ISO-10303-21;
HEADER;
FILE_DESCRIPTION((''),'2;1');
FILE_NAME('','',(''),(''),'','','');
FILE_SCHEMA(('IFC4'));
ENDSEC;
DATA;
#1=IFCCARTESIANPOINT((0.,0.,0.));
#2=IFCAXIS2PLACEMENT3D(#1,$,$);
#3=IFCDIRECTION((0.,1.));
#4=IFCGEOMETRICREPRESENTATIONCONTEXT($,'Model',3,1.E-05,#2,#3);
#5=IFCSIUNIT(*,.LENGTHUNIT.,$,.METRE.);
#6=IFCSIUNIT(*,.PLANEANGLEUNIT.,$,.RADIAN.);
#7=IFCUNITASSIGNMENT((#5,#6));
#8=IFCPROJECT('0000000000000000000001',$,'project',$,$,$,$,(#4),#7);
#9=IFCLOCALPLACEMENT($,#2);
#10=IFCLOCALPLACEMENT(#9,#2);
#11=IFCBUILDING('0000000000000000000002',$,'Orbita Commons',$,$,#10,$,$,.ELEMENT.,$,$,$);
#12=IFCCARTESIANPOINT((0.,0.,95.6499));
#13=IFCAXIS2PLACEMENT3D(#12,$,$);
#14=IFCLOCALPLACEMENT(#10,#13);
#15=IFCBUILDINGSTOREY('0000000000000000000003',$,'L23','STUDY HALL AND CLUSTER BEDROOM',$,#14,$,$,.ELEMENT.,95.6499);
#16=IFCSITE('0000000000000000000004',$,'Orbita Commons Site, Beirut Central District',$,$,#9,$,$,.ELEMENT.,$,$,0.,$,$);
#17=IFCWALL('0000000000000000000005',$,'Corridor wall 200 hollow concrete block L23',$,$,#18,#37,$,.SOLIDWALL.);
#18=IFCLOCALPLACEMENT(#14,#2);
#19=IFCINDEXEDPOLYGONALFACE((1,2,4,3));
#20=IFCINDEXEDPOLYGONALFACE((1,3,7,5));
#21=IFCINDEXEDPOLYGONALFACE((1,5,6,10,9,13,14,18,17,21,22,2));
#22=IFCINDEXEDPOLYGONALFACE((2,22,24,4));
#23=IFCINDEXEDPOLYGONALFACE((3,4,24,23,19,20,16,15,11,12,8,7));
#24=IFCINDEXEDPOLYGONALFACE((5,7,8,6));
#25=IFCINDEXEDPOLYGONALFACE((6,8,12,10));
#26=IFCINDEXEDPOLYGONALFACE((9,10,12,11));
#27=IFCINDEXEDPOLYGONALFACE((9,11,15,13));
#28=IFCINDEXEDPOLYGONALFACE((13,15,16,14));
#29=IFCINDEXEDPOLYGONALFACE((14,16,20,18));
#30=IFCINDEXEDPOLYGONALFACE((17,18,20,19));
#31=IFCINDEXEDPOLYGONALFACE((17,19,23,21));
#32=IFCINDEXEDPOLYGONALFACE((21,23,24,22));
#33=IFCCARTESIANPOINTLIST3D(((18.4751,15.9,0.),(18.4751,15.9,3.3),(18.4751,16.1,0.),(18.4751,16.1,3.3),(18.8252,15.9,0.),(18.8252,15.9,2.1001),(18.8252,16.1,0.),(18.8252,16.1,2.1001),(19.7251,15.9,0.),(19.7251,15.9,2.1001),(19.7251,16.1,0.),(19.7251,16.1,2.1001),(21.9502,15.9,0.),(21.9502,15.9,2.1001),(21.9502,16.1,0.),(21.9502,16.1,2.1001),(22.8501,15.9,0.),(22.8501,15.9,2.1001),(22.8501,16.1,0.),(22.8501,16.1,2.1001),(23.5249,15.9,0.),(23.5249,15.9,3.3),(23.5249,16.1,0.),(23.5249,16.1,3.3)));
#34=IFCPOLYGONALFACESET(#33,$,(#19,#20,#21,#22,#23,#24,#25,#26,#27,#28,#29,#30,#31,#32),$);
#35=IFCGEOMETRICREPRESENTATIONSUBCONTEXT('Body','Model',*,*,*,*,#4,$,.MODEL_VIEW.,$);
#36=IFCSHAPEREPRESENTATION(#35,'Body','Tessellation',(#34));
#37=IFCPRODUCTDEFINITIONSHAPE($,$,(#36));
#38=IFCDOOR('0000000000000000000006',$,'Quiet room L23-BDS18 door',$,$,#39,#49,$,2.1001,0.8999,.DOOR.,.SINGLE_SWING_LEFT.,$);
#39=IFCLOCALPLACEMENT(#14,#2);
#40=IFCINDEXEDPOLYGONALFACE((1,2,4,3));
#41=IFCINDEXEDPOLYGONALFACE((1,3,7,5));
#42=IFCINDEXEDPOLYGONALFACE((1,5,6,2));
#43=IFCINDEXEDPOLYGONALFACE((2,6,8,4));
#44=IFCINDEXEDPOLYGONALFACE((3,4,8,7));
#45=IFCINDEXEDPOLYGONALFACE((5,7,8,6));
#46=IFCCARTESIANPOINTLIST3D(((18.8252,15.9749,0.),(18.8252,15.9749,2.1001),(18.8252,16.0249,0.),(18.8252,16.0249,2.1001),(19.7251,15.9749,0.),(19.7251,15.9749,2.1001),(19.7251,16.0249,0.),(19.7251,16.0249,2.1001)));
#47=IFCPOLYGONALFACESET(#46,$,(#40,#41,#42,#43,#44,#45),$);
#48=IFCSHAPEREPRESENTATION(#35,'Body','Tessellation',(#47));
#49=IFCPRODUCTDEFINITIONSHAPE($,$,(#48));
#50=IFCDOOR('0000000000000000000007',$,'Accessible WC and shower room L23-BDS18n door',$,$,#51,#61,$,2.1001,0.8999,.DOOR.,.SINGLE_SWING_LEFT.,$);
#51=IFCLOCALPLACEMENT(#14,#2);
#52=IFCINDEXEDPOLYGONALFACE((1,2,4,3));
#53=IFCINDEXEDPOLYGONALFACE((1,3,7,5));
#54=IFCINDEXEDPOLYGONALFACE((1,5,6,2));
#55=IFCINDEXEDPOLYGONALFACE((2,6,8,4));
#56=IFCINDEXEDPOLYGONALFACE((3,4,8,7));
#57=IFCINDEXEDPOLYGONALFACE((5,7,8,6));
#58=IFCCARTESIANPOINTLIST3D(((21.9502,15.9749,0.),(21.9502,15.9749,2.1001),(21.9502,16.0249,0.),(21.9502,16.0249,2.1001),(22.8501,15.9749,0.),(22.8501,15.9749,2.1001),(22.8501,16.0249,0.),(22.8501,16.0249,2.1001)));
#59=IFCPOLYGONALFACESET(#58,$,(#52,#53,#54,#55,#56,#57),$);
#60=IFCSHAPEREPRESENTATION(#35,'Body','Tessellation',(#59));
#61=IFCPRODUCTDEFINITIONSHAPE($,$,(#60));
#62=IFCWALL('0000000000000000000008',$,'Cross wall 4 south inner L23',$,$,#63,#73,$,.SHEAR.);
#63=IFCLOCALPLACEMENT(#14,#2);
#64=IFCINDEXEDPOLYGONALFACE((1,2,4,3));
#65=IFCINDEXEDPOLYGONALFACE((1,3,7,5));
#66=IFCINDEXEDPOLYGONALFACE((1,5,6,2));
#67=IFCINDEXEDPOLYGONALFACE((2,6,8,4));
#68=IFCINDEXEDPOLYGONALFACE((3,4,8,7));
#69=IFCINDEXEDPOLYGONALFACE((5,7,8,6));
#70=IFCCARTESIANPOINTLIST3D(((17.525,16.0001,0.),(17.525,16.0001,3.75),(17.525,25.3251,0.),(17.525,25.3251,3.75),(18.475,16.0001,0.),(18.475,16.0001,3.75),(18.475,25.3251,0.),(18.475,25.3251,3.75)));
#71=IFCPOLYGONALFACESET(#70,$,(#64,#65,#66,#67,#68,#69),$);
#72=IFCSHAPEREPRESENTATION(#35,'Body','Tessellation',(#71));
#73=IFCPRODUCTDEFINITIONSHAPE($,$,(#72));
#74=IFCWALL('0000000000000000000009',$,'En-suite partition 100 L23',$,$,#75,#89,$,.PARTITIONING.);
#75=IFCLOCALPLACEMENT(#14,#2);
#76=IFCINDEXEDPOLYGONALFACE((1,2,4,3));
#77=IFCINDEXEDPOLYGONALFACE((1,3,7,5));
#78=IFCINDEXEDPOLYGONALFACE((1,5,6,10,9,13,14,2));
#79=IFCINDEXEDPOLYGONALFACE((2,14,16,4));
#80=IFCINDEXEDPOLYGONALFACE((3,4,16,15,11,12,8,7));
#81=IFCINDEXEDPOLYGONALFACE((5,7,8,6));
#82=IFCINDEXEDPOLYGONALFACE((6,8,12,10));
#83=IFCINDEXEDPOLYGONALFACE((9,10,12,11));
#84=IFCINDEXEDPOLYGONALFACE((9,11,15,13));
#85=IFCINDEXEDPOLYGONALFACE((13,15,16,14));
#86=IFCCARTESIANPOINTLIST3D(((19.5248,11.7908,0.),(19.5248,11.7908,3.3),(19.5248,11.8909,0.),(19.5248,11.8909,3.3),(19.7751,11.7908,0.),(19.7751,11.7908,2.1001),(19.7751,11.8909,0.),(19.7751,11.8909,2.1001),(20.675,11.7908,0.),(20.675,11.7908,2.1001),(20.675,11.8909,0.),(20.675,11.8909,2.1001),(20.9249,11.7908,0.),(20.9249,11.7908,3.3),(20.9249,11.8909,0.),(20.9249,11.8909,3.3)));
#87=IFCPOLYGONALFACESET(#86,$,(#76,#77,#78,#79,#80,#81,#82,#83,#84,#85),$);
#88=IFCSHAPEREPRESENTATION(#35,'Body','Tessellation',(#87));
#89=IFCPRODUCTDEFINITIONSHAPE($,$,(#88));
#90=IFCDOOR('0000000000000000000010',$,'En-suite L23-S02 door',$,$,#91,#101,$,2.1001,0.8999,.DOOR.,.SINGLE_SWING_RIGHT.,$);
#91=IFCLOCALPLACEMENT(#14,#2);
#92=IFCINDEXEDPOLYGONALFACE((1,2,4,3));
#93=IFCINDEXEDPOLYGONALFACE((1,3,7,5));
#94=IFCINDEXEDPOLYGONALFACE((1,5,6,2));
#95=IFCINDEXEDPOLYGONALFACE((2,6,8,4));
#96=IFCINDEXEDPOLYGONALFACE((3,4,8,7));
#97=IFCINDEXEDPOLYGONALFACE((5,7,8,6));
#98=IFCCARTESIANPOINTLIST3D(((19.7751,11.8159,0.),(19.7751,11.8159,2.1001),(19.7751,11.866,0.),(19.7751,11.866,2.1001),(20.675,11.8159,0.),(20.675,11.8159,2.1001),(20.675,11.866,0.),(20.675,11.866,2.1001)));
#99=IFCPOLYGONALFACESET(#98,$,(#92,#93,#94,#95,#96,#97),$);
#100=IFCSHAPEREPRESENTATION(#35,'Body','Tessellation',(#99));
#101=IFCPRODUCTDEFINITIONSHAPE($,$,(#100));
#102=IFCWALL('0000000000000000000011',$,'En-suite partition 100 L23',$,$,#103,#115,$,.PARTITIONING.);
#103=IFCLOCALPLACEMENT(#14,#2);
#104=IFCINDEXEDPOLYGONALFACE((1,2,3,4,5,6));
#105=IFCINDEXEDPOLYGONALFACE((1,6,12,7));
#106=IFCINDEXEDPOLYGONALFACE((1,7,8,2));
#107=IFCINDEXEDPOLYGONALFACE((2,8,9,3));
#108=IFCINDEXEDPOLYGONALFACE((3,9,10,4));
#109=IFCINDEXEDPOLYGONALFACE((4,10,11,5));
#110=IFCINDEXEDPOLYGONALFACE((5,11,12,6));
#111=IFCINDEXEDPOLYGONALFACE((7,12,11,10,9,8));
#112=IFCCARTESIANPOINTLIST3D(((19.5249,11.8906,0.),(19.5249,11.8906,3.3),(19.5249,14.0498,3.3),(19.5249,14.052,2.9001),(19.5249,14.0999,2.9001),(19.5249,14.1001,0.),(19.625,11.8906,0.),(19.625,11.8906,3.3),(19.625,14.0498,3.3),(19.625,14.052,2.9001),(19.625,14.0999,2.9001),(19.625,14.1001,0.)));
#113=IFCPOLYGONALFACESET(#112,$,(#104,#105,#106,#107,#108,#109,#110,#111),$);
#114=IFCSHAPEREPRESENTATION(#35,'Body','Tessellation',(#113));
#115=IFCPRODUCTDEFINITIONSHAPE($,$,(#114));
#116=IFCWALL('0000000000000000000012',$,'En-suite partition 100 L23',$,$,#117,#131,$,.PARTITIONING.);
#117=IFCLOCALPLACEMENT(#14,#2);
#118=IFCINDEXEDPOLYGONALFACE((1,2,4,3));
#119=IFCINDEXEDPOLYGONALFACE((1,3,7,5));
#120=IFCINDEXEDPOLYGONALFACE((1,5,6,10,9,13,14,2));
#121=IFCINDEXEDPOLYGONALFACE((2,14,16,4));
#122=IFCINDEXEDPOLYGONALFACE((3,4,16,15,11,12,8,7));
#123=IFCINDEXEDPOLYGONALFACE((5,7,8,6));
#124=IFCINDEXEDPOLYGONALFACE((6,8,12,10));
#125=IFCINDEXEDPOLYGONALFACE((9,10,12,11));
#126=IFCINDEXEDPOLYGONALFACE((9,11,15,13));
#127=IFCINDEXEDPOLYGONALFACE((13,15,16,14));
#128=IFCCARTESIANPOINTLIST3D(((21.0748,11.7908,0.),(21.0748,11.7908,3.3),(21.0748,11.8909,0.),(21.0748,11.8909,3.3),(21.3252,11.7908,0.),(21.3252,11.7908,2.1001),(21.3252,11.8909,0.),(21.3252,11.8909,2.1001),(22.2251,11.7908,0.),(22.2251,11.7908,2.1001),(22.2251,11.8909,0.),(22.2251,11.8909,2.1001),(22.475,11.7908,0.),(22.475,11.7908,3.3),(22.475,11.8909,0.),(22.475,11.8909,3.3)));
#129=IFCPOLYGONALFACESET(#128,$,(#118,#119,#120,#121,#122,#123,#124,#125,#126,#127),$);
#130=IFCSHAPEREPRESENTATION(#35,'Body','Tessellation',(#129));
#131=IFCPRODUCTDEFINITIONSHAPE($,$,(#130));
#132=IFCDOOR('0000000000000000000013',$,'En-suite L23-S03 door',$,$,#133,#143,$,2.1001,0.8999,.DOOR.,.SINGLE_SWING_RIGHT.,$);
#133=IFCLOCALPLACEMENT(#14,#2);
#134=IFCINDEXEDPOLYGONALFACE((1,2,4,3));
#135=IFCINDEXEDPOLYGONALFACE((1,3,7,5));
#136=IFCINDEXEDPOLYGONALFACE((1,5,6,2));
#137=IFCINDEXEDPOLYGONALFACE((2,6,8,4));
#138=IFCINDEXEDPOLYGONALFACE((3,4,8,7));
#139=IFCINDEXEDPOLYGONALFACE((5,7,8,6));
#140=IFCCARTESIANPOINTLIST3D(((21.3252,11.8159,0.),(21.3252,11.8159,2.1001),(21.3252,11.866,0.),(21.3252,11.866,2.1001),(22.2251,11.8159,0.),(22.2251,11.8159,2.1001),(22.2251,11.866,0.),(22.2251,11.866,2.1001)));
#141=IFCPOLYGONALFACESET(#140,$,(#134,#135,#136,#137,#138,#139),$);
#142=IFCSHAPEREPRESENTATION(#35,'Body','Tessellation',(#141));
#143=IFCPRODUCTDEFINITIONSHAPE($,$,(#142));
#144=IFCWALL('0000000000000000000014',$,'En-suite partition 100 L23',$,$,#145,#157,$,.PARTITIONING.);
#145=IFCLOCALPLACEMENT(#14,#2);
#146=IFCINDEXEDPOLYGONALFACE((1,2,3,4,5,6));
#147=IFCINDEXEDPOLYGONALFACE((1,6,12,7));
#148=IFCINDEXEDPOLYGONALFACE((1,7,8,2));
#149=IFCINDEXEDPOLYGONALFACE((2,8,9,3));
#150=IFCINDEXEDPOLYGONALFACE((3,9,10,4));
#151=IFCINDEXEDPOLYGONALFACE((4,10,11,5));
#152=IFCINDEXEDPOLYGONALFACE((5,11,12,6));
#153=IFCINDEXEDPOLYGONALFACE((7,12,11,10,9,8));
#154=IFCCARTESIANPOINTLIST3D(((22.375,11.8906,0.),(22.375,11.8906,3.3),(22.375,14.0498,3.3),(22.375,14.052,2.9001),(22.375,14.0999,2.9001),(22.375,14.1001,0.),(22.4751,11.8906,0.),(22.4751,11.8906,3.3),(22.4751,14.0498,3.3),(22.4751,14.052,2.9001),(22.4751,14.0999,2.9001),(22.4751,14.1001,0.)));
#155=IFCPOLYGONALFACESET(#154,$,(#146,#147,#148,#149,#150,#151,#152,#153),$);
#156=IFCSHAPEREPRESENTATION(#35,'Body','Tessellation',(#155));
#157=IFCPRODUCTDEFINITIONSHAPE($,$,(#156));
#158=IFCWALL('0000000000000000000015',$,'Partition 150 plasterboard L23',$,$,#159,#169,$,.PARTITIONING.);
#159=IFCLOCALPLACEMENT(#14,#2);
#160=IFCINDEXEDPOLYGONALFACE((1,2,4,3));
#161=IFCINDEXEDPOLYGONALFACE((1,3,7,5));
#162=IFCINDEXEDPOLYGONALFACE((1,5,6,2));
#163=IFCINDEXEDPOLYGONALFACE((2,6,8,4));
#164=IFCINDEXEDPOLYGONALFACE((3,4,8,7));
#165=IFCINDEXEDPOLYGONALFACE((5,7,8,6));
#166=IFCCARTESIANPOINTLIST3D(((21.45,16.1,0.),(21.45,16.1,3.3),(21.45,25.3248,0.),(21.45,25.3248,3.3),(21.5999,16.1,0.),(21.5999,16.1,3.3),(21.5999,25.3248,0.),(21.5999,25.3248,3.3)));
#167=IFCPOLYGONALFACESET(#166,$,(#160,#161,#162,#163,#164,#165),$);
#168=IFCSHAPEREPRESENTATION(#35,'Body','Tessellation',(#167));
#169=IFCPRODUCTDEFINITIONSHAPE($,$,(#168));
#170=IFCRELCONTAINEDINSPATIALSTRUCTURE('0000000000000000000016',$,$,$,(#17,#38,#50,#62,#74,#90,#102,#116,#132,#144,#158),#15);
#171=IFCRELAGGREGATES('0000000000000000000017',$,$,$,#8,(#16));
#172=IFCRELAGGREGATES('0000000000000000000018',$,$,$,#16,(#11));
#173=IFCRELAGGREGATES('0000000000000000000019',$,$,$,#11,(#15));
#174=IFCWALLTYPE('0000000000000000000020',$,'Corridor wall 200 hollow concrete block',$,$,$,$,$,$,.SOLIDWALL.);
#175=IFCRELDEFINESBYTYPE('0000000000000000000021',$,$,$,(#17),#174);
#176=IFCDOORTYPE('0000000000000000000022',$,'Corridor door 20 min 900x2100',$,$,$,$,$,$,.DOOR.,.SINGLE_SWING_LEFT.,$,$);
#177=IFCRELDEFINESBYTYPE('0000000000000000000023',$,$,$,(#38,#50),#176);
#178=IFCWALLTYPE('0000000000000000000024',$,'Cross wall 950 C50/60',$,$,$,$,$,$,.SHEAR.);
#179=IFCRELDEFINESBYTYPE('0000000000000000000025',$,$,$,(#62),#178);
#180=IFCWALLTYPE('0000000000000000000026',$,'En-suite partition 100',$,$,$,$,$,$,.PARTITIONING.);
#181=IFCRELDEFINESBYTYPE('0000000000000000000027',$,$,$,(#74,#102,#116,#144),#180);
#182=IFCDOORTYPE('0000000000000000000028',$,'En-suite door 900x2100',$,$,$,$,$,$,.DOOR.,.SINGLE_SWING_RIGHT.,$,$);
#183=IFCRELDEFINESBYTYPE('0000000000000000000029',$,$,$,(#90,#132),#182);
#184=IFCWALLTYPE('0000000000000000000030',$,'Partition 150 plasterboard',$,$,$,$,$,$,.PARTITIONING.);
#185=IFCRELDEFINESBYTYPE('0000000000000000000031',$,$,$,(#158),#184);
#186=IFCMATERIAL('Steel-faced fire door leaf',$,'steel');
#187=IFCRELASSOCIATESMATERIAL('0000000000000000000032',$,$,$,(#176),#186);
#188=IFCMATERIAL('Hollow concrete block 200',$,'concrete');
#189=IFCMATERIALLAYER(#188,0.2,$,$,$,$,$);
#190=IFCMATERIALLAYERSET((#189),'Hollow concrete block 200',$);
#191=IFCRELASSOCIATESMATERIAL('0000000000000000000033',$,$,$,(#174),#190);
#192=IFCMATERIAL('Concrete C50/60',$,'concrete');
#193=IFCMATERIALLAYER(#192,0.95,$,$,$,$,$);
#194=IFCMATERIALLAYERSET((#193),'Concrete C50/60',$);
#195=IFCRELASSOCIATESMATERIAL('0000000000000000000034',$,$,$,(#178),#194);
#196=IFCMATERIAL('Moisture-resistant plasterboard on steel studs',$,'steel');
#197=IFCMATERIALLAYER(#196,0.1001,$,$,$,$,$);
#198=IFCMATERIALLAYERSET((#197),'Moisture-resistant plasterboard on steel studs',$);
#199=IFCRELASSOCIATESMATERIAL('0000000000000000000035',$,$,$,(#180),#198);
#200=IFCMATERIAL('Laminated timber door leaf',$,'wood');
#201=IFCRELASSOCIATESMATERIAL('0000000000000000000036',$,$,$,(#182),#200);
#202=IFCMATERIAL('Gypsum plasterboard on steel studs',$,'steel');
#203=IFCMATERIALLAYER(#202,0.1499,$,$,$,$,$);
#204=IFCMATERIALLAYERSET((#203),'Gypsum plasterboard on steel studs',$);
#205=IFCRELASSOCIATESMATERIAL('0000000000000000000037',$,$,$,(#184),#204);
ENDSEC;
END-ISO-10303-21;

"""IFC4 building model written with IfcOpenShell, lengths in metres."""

from ifc_helpers import new_model, si_unit, direction, frame, frame_2d, origin, place, context, subcontext, project, spatial, polyline, rectangle, outline, extrude, material, layer, layer_set, type_object, element, fill, save


model = new_model("IFC4")

# Units and contexts
model_context = context("Model", 3, precision=1e-05, world=origin(), true_north=direction((0.0, 1.0)))
body_context = subcontext(model_context, "Body", "Model", "MODEL_VIEW")
ifc_project = project(units=[si_unit("LENGTHUNIT", "METRE"), si_unit("PLANEANGLEUNIT", "RADIAN")], contexts=[model_context])

# Site, building, storey
site_placement = place(None, origin())
site = spatial("IfcSite", under=ifc_project, at=site_placement, Name="Orbita Commons Site, Beirut Central District", CompositionType="ELEMENT", RefElevation=0.0)
building_placement = place(site_placement, origin())
building = spatial("IfcBuilding", under=site, at=building_placement, Name="Orbita Commons", CompositionType="ELEMENT")
storey_placement = place(building_placement, frame((0.0, 0.0, 95.6499)))
storey = spatial("IfcBuildingStorey", under=building, at=storey_placement, Name="L23", Description="STUDY HALL AND CLUSTER BEDROOM", CompositionType="ELEMENT", Elevation=95.6499)

# Wall, openings, doors
ifc_material_1 = material(Name="Steel-faced fire door leaf", Category="steel")
door_type_1 = type_object("IfcDoorType", Name="Corridor door 20 min 900x2100", OperationType="SINGLE_SWING_LEFT", PredefinedType="DOOR", material=ifc_material_1)
ifc_material_2 = material(Name="Hollow concrete block 200", Category="concrete")
ifc_layer_1 = layer(ifc_material_2, 0.2)
ifc_layer_set_1 = layer_set([ifc_layer_1], Name="Hollow concrete block 200")
wall_type_1 = type_object("IfcWallType", Name="Corridor wall 200 hollow concrete block", PredefinedType="SOLIDWALL", material=ifc_layer_set_1)
wall_1_placement = place(storey_placement, frame((18.4751, 16.0, 0.0), z_axis=(0.0, 0.0, 1.0), x_axis=(1.0, 0.0, 0.0)))
wall_1 = element("IfcWall", 1, at=wall_1_placement, inside=storey, type_object=wall_type_1, Name="Corridor wall 200 hollow concrete block L23", PredefinedType="SOLIDWALL", context=body_context, shape_type="SweptSolid", body=[
    extrude(rectangle(XDim=5.0498, YDim=0.2, at=frame_2d((2.5249, 0.0))), origin(), (0.0, 0.0, 1.0), 3.3),
])
opening_1_placement = place(wall_1_placement, frame((0.3501, 0.0, 0.0)))
opening_1 = element("IfcOpeningElement", 2, at=opening_1_placement, cuts=wall_1, PredefinedType="OPENING", context=body_context, shape_type="SweptSolid", body=[
    extrude(rectangle(XDim=0.8999, YDim=2.1001, at=frame_2d((0.45, 1.05))), frame((0.0, 0.1099, 0.0), z_axis=(0.0, -1.0, 0.0), x_axis=(1.0, 0.0, 0.0)), (0.0, 0.0, 1.0), 0.22),
])
opening_2_placement = place(wall_1_placement, frame((3.4751, 0.0, 0.0)))
opening_2 = element("IfcOpeningElement", 3, at=opening_2_placement, cuts=wall_1, PredefinedType="OPENING", context=body_context, shape_type="SweptSolid", body=[
    extrude(rectangle(XDim=0.8999, YDim=2.1001, at=frame_2d((0.45, 1.05))), frame((0.0, 0.1099, 0.0), z_axis=(0.0, -1.0, 0.0), x_axis=(1.0, 0.0, 0.0)), (0.0, 0.0, 1.0), 0.22),
])
door_1_placement = place(opening_1_placement, origin())
door_1 = element("IfcDoor", 4, at=door_1_placement, inside=storey, type_object=door_type_1, Name="Quiet room L23-BDS18 door", OperationType="SINGLE_SWING_LEFT", OverallHeight=2.1001, OverallWidth=0.8999, PredefinedType="DOOR", context=body_context, shape_type="SweptSolid", body=[
    extrude(rectangle(XDim=0.8999, YDim=2.1001, at=frame_2d((0.45, 1.05))), frame((0.0, 0.0249, 0.0), z_axis=(0.0, -1.0, 0.0), x_axis=(1.0, 0.0, 0.0)), (0.0, 0.0, 1.0), 0.05),
])
fill(opening_1, door_1)
door_2_placement = place(opening_2_placement, origin())
door_2 = element("IfcDoor", 5, at=door_2_placement, inside=storey, type_object=door_type_1, Name="Accessible WC and shower room L23-BDS18n door", OperationType="SINGLE_SWING_LEFT", OverallHeight=2.1001, OverallWidth=0.8999, PredefinedType="DOOR", context=body_context, shape_type="SweptSolid", body=[
    extrude(rectangle(XDim=0.8999, YDim=2.1001, at=frame_2d((0.45, 1.05))), frame((0.0, 0.0249, 0.0), z_axis=(0.0, -1.0, 0.0), x_axis=(1.0, 0.0, 0.0)), (0.0, 0.0, 1.0), 0.05),
])
fill(opening_2, door_2)

# Wall
ifc_material_3 = material(Name="Concrete C50/60", Category="concrete")
ifc_layer_2 = layer(ifc_material_3, 0.95)
ifc_layer_set_2 = layer_set([ifc_layer_2], Name="Concrete C50/60")
wall_type_2 = type_object("IfcWallType", Name="Cross wall 950 C50/60", PredefinedType="SHEAR", material=ifc_layer_set_2)
wall_2_placement = place(storey_placement, frame((18.0, 16.0, 0.0), z_axis=(0.0, 0.0, 1.0), x_axis=(0.0, 1.0, 0.0)))
element("IfcWall", 6, at=wall_2_placement, inside=storey, type_object=wall_type_2, Name="Cross wall 4 south inner L23", PredefinedType="SHEAR", context=body_context, shape_type="SweptSolid", body=[
    extrude(rectangle(XDim=9.325, YDim=0.95, at=frame_2d((4.6626, 0.0))), origin(), (0.0, 0.0, 1.0), 3.75),
])

# Wall, opening, door
ifc_material_4 = material(Name="Moisture-resistant plasterboard on steel studs", Category="steel")
ifc_layer_3 = layer(ifc_material_4, 0.1001)
ifc_layer_set_3 = layer_set([ifc_layer_3], Name="Moisture-resistant plasterboard on steel studs")
wall_type_3 = type_object("IfcWallType", Name="En-suite partition 100", PredefinedType="PARTITIONING", material=ifc_layer_set_3)
wall_3_placement = place(storey_placement, frame((20.925, 11.8408, 0.0), z_axis=(0.0, 0.0, 1.0), x_axis=(-1.0, 0.0, 0.0)))
wall_3 = element("IfcWall", 7, at=wall_3_placement, inside=storey, type_object=wall_type_3, Name="En-suite partition 100 L23", PredefinedType="PARTITIONING", context=body_context, shape_type="SweptSolid", body=[
    extrude(rectangle(XDim=1.4001, YDim=0.1001, at=frame_2d((0.7002, 0.0))), origin(), (0.0, 0.0, 1.0), 3.3),
])
opening_3_placement = place(wall_3_placement, frame((0.25, 0.0, 0.0)))
opening_3 = element("IfcOpeningElement", 8, at=opening_3_placement, cuts=wall_3, PredefinedType="OPENING", context=body_context, shape_type="SweptSolid", body=[
    extrude(rectangle(XDim=0.8999, YDim=2.1001, at=frame_2d((0.45, 1.05))), frame((0.0, 0.0601, 0.0), z_axis=(0.0, -1.0, 0.0), x_axis=(1.0, 0.0, 0.0)), (0.0, 0.0, 1.0), 0.1201),
])
ifc_material_5 = material(Name="Laminated timber door leaf", Category="wood")
door_type_2 = type_object("IfcDoorType", Name="En-suite door 900x2100", OperationType="SINGLE_SWING_RIGHT", PredefinedType="DOOR", material=ifc_material_5)
door_3_placement = place(opening_3_placement, origin())
door_3 = element("IfcDoor", 9, at=door_3_placement, inside=storey, type_object=door_type_2, Name="En-suite L23-S02 door", OperationType="SINGLE_SWING_RIGHT", OverallHeight=2.1001, OverallWidth=0.8999, PredefinedType="DOOR", context=body_context, shape_type="SweptSolid", body=[
    extrude(rectangle(XDim=0.8999, YDim=2.1001, at=frame_2d((0.45, 1.05))), frame((0.0, 0.0249, 0.0), z_axis=(0.0, -1.0, 0.0), x_axis=(1.0, 0.0, 0.0)), (0.0, 0.0, 1.0), 0.05),
])
fill(opening_3, door_3)

# Wall
wall_4_placement = place(storey_placement, frame((19.575, 11.8906, 0.0), z_axis=(0.0, 0.0, 1.0), x_axis=(0.0, 1.0, 0.0)))
element("IfcWall", 10, at=wall_4_placement, inside=storey, type_object=wall_type_3, Name="En-suite partition 100 L23", PredefinedType="PARTITIONING", context=body_context, shape_type="SweptSolid", body=[
    extrude(outline(polyline([(0.0, 0.0), (2.2095, 0.0), (2.2092, 2.9001), (2.1614, 2.9001), (2.1592, 3.3), (0.0, 3.3), (0.0, 0.0)])), frame((0.0, 0.05, 0.0), z_axis=(0.0, -1.0, 0.0), x_axis=(1.0, 0.0, 0.0)), (0.0, 0.0, 1.0), 0.1001),
])

# Wall, opening, door
wall_5_placement = place(storey_placement, frame((22.4751, 11.8408, 0.0), z_axis=(0.0, 0.0, 1.0), x_axis=(-1.0, 0.0, 0.0)))
wall_5 = element("IfcWall", 11, at=wall_5_placement, inside=storey, type_object=wall_type_3, Name="En-suite partition 100 L23", PredefinedType="PARTITIONING", context=body_context, shape_type="SweptSolid", body=[
    extrude(rectangle(XDim=1.4001, YDim=0.1001, at=frame_2d((0.7002, 0.0))), origin(), (0.0, 0.0, 1.0), 3.3),
])
opening_4_placement = place(wall_5_placement, frame((0.25, 0.0, 0.0)))
opening_4 = element("IfcOpeningElement", 12, at=opening_4_placement, cuts=wall_5, PredefinedType="OPENING", context=body_context, shape_type="SweptSolid", body=[
    extrude(rectangle(XDim=0.8999, YDim=2.1001, at=frame_2d((0.45, 1.05))), frame((0.0, 0.0601, 0.0), z_axis=(0.0, -1.0, 0.0), x_axis=(1.0, 0.0, 0.0)), (0.0, 0.0, 1.0), 0.1201),
])
door_4_placement = place(opening_4_placement, origin())
door_4 = element("IfcDoor", 13, at=door_4_placement, inside=storey, type_object=door_type_2, Name="En-suite L23-S03 door", OperationType="SINGLE_SWING_RIGHT", OverallHeight=2.1001, OverallWidth=0.8999, PredefinedType="DOOR", context=body_context, shape_type="SweptSolid", body=[
    extrude(rectangle(XDim=0.8999, YDim=2.1001, at=frame_2d((0.45, 1.05))), frame((0.0, 0.0249, 0.0), z_axis=(0.0, -1.0, 0.0), x_axis=(1.0, 0.0, 0.0)), (0.0, 0.0, 1.0), 0.05),
])
fill(opening_4, door_4)

# Walls
wall_6_placement = place(storey_placement, frame((22.425, 11.8906, 0.0), z_axis=(0.0, 0.0, 1.0), x_axis=(0.0, 1.0, 0.0)))
element("IfcWall", 14, at=wall_6_placement, inside=storey, type_object=wall_type_3, Name="En-suite partition 100 L23", PredefinedType="PARTITIONING", context=body_context, shape_type="SweptSolid", body=[
    extrude(outline(polyline([(0.0, 0.0), (2.2095, 0.0), (2.2092, 2.9001), (2.1614, 2.9001), (2.1592, 3.3), (0.0, 3.3), (0.0, 0.0)])), frame((0.0, 0.05, 0.0), z_axis=(0.0, -1.0, 0.0), x_axis=(1.0, 0.0, 0.0)), (0.0, 0.0, 1.0), 0.1001),
])
ifc_material_6 = material(Name="Gypsum plasterboard on steel studs", Category="steel")
ifc_layer_4 = layer(ifc_material_6, 0.1499)
ifc_layer_set_4 = layer_set([ifc_layer_4], Name="Gypsum plasterboard on steel studs")
wall_type_4 = type_object("IfcWallType", Name="Partition 150 plasterboard", PredefinedType="PARTITIONING", material=ifc_layer_set_4)
wall_7_placement = place(storey_placement, frame((21.5249, 16.1001, 0.0), z_axis=(0.0, 0.0, 1.0), x_axis=(0.0, 1.0, 0.0)))
element("IfcWall", 15, at=wall_7_placement, inside=storey, type_object=wall_type_4, Name="Partition 150 plasterboard L23", PredefinedType="PARTITIONING", context=body_context, shape_type="SweptSolid", body=[
    extrude(rectangle(XDim=9.2249, YDim=0.1499, at=frame_2d((4.6123, 0.0))), origin(), (0.0, 0.0, 1.0), 3.3),
])

save(model, "model.ifc")
